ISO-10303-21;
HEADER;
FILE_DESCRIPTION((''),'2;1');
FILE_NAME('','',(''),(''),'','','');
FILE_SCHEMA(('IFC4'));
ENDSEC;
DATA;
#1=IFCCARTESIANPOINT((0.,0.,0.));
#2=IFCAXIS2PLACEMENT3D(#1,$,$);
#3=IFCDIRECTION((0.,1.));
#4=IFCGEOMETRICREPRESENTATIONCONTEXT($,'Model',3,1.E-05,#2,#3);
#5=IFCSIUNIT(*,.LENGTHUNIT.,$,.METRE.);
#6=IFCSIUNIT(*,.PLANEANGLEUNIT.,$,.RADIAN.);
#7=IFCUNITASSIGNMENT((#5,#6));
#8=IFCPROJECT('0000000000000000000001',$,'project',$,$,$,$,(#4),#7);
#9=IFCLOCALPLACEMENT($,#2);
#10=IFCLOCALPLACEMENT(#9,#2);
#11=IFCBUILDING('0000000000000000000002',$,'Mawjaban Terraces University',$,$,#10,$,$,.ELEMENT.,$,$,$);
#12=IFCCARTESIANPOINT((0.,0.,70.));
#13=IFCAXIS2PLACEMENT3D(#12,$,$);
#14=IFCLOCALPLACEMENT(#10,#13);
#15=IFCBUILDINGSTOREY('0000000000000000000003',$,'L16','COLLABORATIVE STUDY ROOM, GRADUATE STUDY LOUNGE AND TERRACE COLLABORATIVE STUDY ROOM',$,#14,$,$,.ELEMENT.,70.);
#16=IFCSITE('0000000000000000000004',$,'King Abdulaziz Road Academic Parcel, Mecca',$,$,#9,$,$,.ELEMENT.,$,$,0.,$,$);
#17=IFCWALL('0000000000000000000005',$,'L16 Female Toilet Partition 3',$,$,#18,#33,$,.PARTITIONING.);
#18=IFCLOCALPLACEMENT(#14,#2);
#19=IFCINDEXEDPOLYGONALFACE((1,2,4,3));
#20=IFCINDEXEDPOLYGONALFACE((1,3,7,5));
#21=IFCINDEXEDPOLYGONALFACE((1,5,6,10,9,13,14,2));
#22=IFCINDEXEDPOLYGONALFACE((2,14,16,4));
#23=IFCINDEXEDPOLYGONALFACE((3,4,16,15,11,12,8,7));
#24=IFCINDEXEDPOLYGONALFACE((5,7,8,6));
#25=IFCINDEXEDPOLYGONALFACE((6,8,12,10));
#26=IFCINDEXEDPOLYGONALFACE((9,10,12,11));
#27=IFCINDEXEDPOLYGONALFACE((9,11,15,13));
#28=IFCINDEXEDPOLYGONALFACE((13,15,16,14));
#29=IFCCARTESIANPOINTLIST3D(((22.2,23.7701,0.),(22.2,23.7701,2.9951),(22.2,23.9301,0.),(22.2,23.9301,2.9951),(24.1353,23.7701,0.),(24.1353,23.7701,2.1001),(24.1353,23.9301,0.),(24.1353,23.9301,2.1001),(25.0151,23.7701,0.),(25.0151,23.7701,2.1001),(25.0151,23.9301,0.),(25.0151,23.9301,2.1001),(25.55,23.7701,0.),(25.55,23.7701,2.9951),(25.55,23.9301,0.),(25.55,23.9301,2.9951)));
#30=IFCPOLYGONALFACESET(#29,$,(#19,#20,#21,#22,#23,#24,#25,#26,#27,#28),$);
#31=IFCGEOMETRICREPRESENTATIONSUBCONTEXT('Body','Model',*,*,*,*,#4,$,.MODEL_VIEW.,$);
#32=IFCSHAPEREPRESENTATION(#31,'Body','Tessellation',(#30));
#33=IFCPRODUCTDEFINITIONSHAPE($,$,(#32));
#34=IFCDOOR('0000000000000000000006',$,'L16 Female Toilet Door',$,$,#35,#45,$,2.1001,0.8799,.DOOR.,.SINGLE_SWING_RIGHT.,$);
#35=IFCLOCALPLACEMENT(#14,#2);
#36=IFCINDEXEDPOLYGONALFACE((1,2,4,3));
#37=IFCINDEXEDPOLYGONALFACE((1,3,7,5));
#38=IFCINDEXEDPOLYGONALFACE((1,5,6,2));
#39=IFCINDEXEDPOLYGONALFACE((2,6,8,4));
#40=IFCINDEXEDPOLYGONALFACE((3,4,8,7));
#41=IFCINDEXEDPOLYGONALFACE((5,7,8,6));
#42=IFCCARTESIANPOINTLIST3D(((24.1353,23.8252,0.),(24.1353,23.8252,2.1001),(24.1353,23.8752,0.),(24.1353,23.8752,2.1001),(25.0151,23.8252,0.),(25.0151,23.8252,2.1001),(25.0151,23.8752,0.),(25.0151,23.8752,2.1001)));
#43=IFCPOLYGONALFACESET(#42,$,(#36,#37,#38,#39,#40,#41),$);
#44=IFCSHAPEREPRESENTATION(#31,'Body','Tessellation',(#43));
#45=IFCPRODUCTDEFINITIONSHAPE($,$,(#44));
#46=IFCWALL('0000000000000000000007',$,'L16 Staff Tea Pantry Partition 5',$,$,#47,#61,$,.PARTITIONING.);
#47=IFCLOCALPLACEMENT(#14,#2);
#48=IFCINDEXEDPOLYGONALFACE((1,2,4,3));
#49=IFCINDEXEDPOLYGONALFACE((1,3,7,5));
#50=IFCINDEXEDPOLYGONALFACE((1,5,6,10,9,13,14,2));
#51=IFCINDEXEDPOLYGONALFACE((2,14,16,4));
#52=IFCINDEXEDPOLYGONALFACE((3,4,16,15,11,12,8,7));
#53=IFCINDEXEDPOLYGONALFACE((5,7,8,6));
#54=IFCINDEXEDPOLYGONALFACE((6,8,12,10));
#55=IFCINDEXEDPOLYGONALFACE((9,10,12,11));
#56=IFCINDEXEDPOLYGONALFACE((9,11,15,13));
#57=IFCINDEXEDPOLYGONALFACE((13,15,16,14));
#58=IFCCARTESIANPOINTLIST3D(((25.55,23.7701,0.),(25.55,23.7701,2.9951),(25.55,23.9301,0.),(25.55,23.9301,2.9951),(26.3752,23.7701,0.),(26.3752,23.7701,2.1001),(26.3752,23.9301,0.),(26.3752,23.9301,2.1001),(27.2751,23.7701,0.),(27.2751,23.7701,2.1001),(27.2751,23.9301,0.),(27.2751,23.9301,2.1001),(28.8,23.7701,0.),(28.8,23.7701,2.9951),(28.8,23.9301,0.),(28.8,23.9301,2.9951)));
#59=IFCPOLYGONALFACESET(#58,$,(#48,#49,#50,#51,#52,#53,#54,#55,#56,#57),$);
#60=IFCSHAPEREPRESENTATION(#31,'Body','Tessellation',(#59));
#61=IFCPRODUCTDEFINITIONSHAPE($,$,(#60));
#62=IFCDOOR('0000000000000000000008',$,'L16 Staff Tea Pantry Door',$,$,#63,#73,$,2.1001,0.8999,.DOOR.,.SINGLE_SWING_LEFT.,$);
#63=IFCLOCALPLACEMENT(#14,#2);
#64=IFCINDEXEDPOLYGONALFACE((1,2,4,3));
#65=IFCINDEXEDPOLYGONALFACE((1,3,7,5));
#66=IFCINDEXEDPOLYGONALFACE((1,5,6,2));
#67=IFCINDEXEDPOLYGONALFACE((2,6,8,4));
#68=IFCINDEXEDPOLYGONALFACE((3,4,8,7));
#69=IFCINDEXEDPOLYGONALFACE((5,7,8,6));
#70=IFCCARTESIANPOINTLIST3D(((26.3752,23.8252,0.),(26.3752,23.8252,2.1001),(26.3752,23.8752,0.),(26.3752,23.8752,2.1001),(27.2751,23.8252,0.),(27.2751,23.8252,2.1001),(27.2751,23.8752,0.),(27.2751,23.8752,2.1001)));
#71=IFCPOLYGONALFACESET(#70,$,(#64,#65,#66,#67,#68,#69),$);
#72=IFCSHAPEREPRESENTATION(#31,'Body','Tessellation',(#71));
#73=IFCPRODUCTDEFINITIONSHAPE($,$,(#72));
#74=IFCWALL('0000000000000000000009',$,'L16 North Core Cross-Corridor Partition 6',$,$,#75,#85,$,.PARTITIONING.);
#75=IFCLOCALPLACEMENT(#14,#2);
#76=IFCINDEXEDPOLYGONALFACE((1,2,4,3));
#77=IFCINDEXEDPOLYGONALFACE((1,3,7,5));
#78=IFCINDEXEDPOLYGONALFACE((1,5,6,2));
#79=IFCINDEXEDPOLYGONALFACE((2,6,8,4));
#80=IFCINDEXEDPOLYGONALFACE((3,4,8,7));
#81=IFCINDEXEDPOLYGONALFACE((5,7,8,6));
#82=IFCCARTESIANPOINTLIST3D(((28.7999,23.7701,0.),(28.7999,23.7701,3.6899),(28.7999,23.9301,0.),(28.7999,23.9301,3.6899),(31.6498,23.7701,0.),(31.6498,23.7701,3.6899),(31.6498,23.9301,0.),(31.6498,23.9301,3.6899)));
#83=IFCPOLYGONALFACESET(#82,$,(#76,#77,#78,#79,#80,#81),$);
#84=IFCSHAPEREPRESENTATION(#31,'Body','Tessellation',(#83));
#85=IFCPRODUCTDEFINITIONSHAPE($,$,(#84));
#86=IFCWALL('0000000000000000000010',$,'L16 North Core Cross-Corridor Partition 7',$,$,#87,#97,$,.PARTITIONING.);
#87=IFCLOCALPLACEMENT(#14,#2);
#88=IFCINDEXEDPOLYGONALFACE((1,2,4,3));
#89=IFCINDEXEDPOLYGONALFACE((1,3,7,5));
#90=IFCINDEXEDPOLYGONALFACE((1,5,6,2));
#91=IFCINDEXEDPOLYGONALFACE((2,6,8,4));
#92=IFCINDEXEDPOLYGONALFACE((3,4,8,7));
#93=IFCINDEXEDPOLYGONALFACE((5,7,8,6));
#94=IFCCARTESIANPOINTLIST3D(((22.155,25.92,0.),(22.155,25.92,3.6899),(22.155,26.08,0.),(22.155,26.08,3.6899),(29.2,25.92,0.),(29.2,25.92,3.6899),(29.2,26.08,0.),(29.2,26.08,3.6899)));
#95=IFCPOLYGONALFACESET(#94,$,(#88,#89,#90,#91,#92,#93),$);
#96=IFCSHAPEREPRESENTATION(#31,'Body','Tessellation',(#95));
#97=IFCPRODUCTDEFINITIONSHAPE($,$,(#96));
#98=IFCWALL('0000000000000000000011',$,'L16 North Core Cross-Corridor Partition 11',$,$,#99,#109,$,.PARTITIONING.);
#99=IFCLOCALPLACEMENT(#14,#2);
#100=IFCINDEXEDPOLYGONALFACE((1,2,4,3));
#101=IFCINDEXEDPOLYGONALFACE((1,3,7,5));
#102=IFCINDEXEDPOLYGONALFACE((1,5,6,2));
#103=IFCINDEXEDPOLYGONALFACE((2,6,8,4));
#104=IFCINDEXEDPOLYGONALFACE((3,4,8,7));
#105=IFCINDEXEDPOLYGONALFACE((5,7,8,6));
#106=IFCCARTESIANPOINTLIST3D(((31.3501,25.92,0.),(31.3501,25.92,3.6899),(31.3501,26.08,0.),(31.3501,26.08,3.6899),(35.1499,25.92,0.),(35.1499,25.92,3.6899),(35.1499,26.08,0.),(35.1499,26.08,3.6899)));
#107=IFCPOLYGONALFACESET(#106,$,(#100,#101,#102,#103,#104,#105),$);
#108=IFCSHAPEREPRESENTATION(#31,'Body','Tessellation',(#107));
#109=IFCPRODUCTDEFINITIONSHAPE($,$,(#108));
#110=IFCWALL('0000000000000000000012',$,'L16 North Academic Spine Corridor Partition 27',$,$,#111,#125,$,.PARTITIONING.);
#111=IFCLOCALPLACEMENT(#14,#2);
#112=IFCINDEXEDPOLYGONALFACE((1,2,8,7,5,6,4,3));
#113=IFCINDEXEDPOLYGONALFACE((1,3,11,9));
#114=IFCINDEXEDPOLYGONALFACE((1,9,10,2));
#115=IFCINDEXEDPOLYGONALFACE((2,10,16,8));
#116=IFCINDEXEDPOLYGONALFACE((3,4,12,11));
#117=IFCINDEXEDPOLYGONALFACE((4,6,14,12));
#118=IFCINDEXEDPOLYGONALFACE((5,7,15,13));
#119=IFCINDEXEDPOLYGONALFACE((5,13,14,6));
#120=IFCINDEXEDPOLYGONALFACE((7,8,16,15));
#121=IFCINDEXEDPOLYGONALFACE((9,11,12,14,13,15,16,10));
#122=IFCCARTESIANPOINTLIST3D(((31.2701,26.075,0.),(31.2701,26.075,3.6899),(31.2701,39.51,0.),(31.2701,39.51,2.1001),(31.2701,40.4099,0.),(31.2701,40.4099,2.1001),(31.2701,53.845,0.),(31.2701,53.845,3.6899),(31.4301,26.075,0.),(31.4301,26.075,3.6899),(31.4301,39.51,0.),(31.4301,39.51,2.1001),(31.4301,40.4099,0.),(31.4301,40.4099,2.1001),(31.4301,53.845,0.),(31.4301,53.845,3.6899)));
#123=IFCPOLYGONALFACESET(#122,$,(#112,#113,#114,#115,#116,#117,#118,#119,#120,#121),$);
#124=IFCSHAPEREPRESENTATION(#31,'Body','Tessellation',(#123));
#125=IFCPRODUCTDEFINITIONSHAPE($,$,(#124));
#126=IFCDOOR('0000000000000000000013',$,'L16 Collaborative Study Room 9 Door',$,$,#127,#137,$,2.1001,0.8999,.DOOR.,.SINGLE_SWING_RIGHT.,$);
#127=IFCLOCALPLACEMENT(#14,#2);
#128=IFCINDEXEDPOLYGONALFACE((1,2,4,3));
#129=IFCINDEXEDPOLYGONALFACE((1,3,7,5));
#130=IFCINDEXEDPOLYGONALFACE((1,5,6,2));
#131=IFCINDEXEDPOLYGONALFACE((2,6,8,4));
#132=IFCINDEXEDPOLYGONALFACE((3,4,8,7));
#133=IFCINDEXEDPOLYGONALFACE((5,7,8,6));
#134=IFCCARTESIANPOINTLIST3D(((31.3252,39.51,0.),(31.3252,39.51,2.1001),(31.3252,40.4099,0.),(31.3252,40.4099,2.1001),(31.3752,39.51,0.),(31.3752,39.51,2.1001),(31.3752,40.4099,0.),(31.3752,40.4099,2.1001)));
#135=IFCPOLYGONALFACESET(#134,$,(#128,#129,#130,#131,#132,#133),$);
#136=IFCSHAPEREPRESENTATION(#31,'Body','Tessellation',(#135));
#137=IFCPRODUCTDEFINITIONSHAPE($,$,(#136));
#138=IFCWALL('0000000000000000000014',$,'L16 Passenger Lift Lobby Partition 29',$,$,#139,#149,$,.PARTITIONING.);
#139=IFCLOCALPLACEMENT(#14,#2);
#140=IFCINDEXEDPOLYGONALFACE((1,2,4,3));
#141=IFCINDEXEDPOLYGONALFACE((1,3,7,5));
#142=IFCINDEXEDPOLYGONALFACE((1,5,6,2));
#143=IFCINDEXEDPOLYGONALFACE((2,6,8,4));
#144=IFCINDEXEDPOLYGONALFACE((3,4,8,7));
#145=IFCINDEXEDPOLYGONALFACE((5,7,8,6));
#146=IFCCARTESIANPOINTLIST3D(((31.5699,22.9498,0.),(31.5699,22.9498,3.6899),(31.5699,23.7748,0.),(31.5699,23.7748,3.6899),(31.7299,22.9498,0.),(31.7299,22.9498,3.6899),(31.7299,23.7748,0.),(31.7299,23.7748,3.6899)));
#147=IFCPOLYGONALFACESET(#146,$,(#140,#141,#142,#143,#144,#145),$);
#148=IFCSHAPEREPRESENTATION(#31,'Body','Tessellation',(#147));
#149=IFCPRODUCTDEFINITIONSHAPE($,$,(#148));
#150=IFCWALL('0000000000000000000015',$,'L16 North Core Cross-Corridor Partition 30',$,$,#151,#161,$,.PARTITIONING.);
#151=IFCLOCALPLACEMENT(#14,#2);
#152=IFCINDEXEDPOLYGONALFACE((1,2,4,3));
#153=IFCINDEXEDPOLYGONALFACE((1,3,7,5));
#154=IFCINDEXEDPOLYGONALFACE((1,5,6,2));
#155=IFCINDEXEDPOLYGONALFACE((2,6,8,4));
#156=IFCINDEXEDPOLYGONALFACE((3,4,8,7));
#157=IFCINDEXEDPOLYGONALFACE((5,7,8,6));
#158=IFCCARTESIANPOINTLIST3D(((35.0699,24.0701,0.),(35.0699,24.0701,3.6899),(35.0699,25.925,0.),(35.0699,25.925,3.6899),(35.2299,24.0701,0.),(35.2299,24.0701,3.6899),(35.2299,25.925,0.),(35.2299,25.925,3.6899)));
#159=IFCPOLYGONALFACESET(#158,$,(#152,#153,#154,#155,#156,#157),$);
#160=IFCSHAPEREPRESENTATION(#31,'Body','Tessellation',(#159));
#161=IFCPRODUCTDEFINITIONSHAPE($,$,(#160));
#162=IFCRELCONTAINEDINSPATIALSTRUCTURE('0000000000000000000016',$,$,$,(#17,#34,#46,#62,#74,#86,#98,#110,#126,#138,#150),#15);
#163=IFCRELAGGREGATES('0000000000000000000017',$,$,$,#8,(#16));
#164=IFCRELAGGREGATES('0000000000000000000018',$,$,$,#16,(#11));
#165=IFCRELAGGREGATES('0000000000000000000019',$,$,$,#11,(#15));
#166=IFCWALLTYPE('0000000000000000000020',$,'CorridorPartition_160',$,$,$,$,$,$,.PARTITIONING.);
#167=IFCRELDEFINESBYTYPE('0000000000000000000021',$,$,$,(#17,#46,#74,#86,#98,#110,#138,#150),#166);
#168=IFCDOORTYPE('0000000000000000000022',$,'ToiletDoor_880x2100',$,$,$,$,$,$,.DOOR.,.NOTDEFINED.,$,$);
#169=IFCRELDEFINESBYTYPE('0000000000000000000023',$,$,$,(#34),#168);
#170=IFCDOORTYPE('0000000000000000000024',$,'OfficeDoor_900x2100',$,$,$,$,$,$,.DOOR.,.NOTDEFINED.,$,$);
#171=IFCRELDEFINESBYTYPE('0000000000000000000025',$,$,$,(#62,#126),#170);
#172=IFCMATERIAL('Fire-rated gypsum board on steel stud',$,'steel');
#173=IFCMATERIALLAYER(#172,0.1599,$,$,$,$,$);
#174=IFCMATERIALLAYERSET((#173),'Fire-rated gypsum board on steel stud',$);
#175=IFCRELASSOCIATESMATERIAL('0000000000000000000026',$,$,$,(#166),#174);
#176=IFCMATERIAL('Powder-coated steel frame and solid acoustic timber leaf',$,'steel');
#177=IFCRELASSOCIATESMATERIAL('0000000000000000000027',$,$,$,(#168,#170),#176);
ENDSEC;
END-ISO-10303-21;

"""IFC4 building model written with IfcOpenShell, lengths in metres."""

from ifc_helpers import new_model, si_unit, direction, frame, frame_2d, origin, place, context, subcontext, project, spatial, rectangle, extrude, material, layer, layer_set, type_object, element, fill, save


model = new_model("IFC4")

# Units and contexts
model_context = context("Model", 3, precision=1e-05, world=origin(), true_north=direction((0.0, 1.0)))
body_context = subcontext(model_context, "Body", "Model", "MODEL_VIEW")
ifc_project = project(units=[si_unit("LENGTHUNIT", "METRE"), si_unit("PLANEANGLEUNIT", "RADIAN")], contexts=[model_context])

# Site, building, storey
site_placement = place(None, origin())
site = spatial("IfcSite", under=ifc_project, at=site_placement, Name="King Abdulaziz Road Academic Parcel, Mecca", CompositionType="ELEMENT", RefElevation=0.0)
building_placement = place(site_placement, origin())
building = spatial("IfcBuilding", under=site, at=building_placement, Name="Mawjaban Terraces University", CompositionType="ELEMENT")
storey_placement = place(building_placement, frame((0.0, 0.0, 70.0)))
storey = spatial("IfcBuildingStorey", under=building, at=storey_placement, Name="L16", Description="COLLABORATIVE STUDY ROOM, GRADUATE STUDY LOUNGE AND TERRACE COLLABORATIVE STUDY ROOM", CompositionType="ELEMENT", Elevation=70.0)

# Walls, openings, doors
ifc_material_1 = material(Name="Fire-rated gypsum board on steel stud", Category="steel")
ifc_layer_1 = layer(ifc_material_1, 0.1599)
ifc_layer_set_1 = layer_set([ifc_layer_1], Name="Fire-rated gypsum board on steel stud")
wall_type_1 = type_object("IfcWallType", Name="CorridorPartition_160", PredefinedType="PARTITIONING", material=ifc_layer_set_1)
wall_1_placement = place(storey_placement, frame((25.55, 23.8501, 0.0), z_axis=(0.0, 0.0, 1.0), x_axis=(-1.0, 0.0, 0.0)))
wall_1 = element("IfcWall", 1, at=wall_1_placement, inside=storey, type_object=wall_type_1, Name="L16 Female Toilet Partition 3", PredefinedType="PARTITIONING", context=body_context, shape_type="SweptSolid", body=[
    extrude(rectangle(XDim=3.3501, YDim=0.1599, at=frame_2d((1.675, 0.0))), origin(), (0.0, 0.0, 1.0), 2.9951),
])
opening_1_placement = place(wall_1_placement, frame((0.5349, 0.0, 0.0)))
opening_1 = element("IfcOpeningElement", 2, at=opening_1_placement, cuts=wall_1, PredefinedType="OPENING", context=body_context, shape_type="SweptSolid", body=[
    extrude(rectangle(XDim=0.8799, YDim=2.1001, at=frame_2d((0.4399, 1.05))), frame((0.0, 0.0898, 0.0), z_axis=(0.0, -1.0, 0.0), x_axis=(1.0, 0.0, 0.0)), (0.0, 0.0, 1.0), 0.1799),
])
ifc_material_2 = material(Name="Powder-coated steel frame and solid acoustic timber leaf", Category="steel")
door_type_1 = type_object("IfcDoorType", Name="ToiletDoor_880x2100", OperationType="NOTDEFINED", PredefinedType="DOOR", material=ifc_material_2)
door_1_placement = place(opening_1_placement, origin())
door_1 = element("IfcDoor", 3, at=door_1_placement, inside=storey, type_object=door_type_1, Name="L16 Female Toilet Door", OperationType="SINGLE_SWING_RIGHT", OverallHeight=2.1001, OverallWidth=0.8799, PredefinedType="DOOR", context=body_context, shape_type="SweptSolid", body=[
    extrude(rectangle(XDim=0.8799, YDim=2.1001, at=frame_2d((0.4399, 1.05))), frame((0.0, 0.0249, 0.0), z_axis=(0.0, -1.0, 0.0), x_axis=(1.0, 0.0, 0.0)), (0.0, 0.0, 1.0), 0.05),
])
fill(opening_1, door_1)
wall_2_placement = place(storey_placement, frame((28.8, 23.8501, 0.0), z_axis=(0.0, 0.0, 1.0), x_axis=(-1.0, 0.0, 0.0)))
wall_2 = element("IfcWall", 4, at=wall_2_placement, inside=storey, type_object=wall_type_1, Name="L16 Staff Tea Pantry Partition 5", PredefinedType="PARTITIONING", context=body_context, shape_type="SweptSolid", body=[
    extrude(rectangle(XDim=3.25, YDim=0.1599, at=frame_2d((1.625, 0.0))), origin(), (0.0, 0.0, 1.0), 2.9951),
])
opening_2_placement = place(wall_2_placement, frame((1.5249, 0.0, 0.0)))
opening_2 = element("IfcOpeningElement", 5, at=opening_2_placement, cuts=wall_2, PredefinedType="OPENING", context=body_context, shape_type="SweptSolid", body=[
    extrude(rectangle(XDim=0.8999, YDim=2.1001, at=frame_2d((0.45, 1.05))), frame((0.0, 0.0898, 0.0), z_axis=(0.0, -1.0, 0.0), x_axis=(1.0, 0.0, 0.0)), (0.0, 0.0, 1.0), 0.1799),
])
door_type_2 = type_object("IfcDoorType", Name="OfficeDoor_900x2100", OperationType="NOTDEFINED", PredefinedType="DOOR", material=ifc_material_2)
door_2_placement = place(opening_2_placement, origin())
door_2 = element("IfcDoor", 6, at=door_2_placement, inside=storey, type_object=door_type_2, Name="L16 Staff Tea Pantry Door", OperationType="SINGLE_SWING_LEFT", OverallHeight=2.1001, OverallWidth=0.8999, PredefinedType="DOOR", context=body_context, shape_type="SweptSolid", body=[
    extrude(rectangle(XDim=0.8999, YDim=2.1001, at=frame_2d((0.45, 1.05))), frame((0.0, 0.0249, 0.0), z_axis=(0.0, -1.0, 0.0), x_axis=(1.0, 0.0, 0.0)), (0.0, 0.0, 1.0), 0.05),
])
fill(opening_2, door_2)

# Walls
wall_3_placement = place(storey_placement, frame((28.8, 23.8501, 0.0), z_axis=(0.0, 0.0, 1.0), x_axis=(1.0, 0.0, 0.0)))
element("IfcWall", 7, at=wall_3_placement, inside=storey, type_object=wall_type_1, Name="L16 North Core Cross-Corridor Partition 6", PredefinedType="PARTITIONING", context=body_context, shape_type="SweptSolid", body=[
    extrude(rectangle(XDim=2.8499, YDim=0.1599, at=frame_2d((1.4248, 0.0))), origin(), (0.0, 0.0, 1.0), 3.6899),
])
wall_4_placement = place(storey_placement, frame((29.2, 26.0, 0.0), z_axis=(0.0, 0.0, 1.0), x_axis=(-1.0, 0.0, 0.0)))
element("IfcWall", 8, at=wall_4_placement, inside=storey, type_object=wall_type_1, Name="L16 North Core Cross-Corridor Partition 7", PredefinedType="PARTITIONING", context=body_context, shape_type="SweptSolid", body=[
    extrude(rectangle(XDim=7.0449, YDim=0.1599, at=frame_2d((3.5225, 0.0))), origin(), (0.0, 0.0, 1.0), 3.6899),
])
wall_5_placement = place(storey_placement, frame((35.1499, 26.0, 0.0), z_axis=(0.0, 0.0, 1.0), x_axis=(-1.0, 0.0, 0.0)))
element("IfcWall", 9, at=wall_5_placement, inside=storey, type_object=wall_type_1, Name="L16 North Core Cross-Corridor Partition 11", PredefinedType="PARTITIONING", context=body_context, shape_type="SweptSolid", body=[
    extrude(rectangle(XDim=3.7998, YDim=0.1599, at=frame_2d((1.8999, 0.0))), origin(), (0.0, 0.0, 1.0), 3.6899),
])

# Wall, opening, door
wall_6_placement = place(storey_placement, frame((31.3501, 26.075, 0.0), z_axis=(0.0, 0.0, 1.0), x_axis=(0.0, 1.0, 0.0)))
wall_6 = element("IfcWall", 10, at=wall_6_placement, inside=storey, type_object=wall_type_1, Name="L16 North Academic Spine Corridor Partition 27", PredefinedType="PARTITIONING", context=body_context, shape_type="SweptSolid", body=[
    extrude(rectangle(XDim=27.77, YDim=0.1599, at=frame_2d((13.885, 0.0))), origin(), (0.0, 0.0, 1.0), 3.6899),
])
opening_3_placement = place(wall_6_placement, frame((13.4351, 0.0, 0.0)))
opening_3 = element("IfcOpeningElement", 11, at=opening_3_placement, cuts=wall_6, PredefinedType="OPENING", context=body_context, shape_type="SweptSolid", body=[
    extrude(rectangle(XDim=0.8999, YDim=2.1001, at=frame_2d((0.45, 1.05))), frame((0.0, 0.0898, 0.0), z_axis=(0.0, -1.0, 0.0), x_axis=(1.0, 0.0, 0.0)), (0.0, 0.0, 1.0), 0.1799),
])
door_3_placement = place(opening_3_placement, origin())
door_3 = element("IfcDoor", 12, at=door_3_placement, inside=storey, type_object=door_type_2, Name="L16 Collaborative Study Room 9 Door", OperationType="SINGLE_SWING_RIGHT", OverallHeight=2.1001, OverallWidth=0.8999, PredefinedType="DOOR", context=body_context, shape_type="SweptSolid", body=[
    extrude(rectangle(XDim=0.8999, YDim=2.1001, at=frame_2d((0.45, 1.05))), frame((0.0, 0.0249, 0.0), z_axis=(0.0, -1.0, 0.0), x_axis=(1.0, 0.0, 0.0)), (0.0, 0.0, 1.0), 0.05),
])
fill(opening_3, door_3)

# Walls
wall_7_placement = place(storey_placement, frame((31.6499, 23.7749, 0.0), z_axis=(0.0, 0.0, 1.0), x_axis=(0.0, -1.0, 0.0)))
element("IfcWall", 13, at=wall_7_placement, inside=storey, type_object=wall_type_1, Name="L16 Passenger Lift Lobby Partition 29", PredefinedType="PARTITIONING", context=body_context, shape_type="SweptSolid", body=[
    extrude(rectangle(XDim=0.825, YDim=0.1599, at=frame_2d((0.4126, 0.0))), origin(), (0.0, 0.0, 1.0), 3.6899),
])
wall_8_placement = place(storey_placement, frame((35.1499, 24.0701, 0.0), z_axis=(0.0, 0.0, 1.0), x_axis=(0.0, 1.0, 0.0)))
element("IfcWall", 14, at=wall_8_placement, inside=storey, type_object=wall_type_1, Name="L16 North Core Cross-Corridor Partition 30", PredefinedType="PARTITIONING", context=body_context, shape_type="SweptSolid", body=[
    extrude(rectangle(XDim=1.855, YDim=0.1599, at=frame_2d((0.9275, 0.0))), origin(), (0.0, 0.0, 1.0), 3.6899),
])

save(model, "model.ifc")
